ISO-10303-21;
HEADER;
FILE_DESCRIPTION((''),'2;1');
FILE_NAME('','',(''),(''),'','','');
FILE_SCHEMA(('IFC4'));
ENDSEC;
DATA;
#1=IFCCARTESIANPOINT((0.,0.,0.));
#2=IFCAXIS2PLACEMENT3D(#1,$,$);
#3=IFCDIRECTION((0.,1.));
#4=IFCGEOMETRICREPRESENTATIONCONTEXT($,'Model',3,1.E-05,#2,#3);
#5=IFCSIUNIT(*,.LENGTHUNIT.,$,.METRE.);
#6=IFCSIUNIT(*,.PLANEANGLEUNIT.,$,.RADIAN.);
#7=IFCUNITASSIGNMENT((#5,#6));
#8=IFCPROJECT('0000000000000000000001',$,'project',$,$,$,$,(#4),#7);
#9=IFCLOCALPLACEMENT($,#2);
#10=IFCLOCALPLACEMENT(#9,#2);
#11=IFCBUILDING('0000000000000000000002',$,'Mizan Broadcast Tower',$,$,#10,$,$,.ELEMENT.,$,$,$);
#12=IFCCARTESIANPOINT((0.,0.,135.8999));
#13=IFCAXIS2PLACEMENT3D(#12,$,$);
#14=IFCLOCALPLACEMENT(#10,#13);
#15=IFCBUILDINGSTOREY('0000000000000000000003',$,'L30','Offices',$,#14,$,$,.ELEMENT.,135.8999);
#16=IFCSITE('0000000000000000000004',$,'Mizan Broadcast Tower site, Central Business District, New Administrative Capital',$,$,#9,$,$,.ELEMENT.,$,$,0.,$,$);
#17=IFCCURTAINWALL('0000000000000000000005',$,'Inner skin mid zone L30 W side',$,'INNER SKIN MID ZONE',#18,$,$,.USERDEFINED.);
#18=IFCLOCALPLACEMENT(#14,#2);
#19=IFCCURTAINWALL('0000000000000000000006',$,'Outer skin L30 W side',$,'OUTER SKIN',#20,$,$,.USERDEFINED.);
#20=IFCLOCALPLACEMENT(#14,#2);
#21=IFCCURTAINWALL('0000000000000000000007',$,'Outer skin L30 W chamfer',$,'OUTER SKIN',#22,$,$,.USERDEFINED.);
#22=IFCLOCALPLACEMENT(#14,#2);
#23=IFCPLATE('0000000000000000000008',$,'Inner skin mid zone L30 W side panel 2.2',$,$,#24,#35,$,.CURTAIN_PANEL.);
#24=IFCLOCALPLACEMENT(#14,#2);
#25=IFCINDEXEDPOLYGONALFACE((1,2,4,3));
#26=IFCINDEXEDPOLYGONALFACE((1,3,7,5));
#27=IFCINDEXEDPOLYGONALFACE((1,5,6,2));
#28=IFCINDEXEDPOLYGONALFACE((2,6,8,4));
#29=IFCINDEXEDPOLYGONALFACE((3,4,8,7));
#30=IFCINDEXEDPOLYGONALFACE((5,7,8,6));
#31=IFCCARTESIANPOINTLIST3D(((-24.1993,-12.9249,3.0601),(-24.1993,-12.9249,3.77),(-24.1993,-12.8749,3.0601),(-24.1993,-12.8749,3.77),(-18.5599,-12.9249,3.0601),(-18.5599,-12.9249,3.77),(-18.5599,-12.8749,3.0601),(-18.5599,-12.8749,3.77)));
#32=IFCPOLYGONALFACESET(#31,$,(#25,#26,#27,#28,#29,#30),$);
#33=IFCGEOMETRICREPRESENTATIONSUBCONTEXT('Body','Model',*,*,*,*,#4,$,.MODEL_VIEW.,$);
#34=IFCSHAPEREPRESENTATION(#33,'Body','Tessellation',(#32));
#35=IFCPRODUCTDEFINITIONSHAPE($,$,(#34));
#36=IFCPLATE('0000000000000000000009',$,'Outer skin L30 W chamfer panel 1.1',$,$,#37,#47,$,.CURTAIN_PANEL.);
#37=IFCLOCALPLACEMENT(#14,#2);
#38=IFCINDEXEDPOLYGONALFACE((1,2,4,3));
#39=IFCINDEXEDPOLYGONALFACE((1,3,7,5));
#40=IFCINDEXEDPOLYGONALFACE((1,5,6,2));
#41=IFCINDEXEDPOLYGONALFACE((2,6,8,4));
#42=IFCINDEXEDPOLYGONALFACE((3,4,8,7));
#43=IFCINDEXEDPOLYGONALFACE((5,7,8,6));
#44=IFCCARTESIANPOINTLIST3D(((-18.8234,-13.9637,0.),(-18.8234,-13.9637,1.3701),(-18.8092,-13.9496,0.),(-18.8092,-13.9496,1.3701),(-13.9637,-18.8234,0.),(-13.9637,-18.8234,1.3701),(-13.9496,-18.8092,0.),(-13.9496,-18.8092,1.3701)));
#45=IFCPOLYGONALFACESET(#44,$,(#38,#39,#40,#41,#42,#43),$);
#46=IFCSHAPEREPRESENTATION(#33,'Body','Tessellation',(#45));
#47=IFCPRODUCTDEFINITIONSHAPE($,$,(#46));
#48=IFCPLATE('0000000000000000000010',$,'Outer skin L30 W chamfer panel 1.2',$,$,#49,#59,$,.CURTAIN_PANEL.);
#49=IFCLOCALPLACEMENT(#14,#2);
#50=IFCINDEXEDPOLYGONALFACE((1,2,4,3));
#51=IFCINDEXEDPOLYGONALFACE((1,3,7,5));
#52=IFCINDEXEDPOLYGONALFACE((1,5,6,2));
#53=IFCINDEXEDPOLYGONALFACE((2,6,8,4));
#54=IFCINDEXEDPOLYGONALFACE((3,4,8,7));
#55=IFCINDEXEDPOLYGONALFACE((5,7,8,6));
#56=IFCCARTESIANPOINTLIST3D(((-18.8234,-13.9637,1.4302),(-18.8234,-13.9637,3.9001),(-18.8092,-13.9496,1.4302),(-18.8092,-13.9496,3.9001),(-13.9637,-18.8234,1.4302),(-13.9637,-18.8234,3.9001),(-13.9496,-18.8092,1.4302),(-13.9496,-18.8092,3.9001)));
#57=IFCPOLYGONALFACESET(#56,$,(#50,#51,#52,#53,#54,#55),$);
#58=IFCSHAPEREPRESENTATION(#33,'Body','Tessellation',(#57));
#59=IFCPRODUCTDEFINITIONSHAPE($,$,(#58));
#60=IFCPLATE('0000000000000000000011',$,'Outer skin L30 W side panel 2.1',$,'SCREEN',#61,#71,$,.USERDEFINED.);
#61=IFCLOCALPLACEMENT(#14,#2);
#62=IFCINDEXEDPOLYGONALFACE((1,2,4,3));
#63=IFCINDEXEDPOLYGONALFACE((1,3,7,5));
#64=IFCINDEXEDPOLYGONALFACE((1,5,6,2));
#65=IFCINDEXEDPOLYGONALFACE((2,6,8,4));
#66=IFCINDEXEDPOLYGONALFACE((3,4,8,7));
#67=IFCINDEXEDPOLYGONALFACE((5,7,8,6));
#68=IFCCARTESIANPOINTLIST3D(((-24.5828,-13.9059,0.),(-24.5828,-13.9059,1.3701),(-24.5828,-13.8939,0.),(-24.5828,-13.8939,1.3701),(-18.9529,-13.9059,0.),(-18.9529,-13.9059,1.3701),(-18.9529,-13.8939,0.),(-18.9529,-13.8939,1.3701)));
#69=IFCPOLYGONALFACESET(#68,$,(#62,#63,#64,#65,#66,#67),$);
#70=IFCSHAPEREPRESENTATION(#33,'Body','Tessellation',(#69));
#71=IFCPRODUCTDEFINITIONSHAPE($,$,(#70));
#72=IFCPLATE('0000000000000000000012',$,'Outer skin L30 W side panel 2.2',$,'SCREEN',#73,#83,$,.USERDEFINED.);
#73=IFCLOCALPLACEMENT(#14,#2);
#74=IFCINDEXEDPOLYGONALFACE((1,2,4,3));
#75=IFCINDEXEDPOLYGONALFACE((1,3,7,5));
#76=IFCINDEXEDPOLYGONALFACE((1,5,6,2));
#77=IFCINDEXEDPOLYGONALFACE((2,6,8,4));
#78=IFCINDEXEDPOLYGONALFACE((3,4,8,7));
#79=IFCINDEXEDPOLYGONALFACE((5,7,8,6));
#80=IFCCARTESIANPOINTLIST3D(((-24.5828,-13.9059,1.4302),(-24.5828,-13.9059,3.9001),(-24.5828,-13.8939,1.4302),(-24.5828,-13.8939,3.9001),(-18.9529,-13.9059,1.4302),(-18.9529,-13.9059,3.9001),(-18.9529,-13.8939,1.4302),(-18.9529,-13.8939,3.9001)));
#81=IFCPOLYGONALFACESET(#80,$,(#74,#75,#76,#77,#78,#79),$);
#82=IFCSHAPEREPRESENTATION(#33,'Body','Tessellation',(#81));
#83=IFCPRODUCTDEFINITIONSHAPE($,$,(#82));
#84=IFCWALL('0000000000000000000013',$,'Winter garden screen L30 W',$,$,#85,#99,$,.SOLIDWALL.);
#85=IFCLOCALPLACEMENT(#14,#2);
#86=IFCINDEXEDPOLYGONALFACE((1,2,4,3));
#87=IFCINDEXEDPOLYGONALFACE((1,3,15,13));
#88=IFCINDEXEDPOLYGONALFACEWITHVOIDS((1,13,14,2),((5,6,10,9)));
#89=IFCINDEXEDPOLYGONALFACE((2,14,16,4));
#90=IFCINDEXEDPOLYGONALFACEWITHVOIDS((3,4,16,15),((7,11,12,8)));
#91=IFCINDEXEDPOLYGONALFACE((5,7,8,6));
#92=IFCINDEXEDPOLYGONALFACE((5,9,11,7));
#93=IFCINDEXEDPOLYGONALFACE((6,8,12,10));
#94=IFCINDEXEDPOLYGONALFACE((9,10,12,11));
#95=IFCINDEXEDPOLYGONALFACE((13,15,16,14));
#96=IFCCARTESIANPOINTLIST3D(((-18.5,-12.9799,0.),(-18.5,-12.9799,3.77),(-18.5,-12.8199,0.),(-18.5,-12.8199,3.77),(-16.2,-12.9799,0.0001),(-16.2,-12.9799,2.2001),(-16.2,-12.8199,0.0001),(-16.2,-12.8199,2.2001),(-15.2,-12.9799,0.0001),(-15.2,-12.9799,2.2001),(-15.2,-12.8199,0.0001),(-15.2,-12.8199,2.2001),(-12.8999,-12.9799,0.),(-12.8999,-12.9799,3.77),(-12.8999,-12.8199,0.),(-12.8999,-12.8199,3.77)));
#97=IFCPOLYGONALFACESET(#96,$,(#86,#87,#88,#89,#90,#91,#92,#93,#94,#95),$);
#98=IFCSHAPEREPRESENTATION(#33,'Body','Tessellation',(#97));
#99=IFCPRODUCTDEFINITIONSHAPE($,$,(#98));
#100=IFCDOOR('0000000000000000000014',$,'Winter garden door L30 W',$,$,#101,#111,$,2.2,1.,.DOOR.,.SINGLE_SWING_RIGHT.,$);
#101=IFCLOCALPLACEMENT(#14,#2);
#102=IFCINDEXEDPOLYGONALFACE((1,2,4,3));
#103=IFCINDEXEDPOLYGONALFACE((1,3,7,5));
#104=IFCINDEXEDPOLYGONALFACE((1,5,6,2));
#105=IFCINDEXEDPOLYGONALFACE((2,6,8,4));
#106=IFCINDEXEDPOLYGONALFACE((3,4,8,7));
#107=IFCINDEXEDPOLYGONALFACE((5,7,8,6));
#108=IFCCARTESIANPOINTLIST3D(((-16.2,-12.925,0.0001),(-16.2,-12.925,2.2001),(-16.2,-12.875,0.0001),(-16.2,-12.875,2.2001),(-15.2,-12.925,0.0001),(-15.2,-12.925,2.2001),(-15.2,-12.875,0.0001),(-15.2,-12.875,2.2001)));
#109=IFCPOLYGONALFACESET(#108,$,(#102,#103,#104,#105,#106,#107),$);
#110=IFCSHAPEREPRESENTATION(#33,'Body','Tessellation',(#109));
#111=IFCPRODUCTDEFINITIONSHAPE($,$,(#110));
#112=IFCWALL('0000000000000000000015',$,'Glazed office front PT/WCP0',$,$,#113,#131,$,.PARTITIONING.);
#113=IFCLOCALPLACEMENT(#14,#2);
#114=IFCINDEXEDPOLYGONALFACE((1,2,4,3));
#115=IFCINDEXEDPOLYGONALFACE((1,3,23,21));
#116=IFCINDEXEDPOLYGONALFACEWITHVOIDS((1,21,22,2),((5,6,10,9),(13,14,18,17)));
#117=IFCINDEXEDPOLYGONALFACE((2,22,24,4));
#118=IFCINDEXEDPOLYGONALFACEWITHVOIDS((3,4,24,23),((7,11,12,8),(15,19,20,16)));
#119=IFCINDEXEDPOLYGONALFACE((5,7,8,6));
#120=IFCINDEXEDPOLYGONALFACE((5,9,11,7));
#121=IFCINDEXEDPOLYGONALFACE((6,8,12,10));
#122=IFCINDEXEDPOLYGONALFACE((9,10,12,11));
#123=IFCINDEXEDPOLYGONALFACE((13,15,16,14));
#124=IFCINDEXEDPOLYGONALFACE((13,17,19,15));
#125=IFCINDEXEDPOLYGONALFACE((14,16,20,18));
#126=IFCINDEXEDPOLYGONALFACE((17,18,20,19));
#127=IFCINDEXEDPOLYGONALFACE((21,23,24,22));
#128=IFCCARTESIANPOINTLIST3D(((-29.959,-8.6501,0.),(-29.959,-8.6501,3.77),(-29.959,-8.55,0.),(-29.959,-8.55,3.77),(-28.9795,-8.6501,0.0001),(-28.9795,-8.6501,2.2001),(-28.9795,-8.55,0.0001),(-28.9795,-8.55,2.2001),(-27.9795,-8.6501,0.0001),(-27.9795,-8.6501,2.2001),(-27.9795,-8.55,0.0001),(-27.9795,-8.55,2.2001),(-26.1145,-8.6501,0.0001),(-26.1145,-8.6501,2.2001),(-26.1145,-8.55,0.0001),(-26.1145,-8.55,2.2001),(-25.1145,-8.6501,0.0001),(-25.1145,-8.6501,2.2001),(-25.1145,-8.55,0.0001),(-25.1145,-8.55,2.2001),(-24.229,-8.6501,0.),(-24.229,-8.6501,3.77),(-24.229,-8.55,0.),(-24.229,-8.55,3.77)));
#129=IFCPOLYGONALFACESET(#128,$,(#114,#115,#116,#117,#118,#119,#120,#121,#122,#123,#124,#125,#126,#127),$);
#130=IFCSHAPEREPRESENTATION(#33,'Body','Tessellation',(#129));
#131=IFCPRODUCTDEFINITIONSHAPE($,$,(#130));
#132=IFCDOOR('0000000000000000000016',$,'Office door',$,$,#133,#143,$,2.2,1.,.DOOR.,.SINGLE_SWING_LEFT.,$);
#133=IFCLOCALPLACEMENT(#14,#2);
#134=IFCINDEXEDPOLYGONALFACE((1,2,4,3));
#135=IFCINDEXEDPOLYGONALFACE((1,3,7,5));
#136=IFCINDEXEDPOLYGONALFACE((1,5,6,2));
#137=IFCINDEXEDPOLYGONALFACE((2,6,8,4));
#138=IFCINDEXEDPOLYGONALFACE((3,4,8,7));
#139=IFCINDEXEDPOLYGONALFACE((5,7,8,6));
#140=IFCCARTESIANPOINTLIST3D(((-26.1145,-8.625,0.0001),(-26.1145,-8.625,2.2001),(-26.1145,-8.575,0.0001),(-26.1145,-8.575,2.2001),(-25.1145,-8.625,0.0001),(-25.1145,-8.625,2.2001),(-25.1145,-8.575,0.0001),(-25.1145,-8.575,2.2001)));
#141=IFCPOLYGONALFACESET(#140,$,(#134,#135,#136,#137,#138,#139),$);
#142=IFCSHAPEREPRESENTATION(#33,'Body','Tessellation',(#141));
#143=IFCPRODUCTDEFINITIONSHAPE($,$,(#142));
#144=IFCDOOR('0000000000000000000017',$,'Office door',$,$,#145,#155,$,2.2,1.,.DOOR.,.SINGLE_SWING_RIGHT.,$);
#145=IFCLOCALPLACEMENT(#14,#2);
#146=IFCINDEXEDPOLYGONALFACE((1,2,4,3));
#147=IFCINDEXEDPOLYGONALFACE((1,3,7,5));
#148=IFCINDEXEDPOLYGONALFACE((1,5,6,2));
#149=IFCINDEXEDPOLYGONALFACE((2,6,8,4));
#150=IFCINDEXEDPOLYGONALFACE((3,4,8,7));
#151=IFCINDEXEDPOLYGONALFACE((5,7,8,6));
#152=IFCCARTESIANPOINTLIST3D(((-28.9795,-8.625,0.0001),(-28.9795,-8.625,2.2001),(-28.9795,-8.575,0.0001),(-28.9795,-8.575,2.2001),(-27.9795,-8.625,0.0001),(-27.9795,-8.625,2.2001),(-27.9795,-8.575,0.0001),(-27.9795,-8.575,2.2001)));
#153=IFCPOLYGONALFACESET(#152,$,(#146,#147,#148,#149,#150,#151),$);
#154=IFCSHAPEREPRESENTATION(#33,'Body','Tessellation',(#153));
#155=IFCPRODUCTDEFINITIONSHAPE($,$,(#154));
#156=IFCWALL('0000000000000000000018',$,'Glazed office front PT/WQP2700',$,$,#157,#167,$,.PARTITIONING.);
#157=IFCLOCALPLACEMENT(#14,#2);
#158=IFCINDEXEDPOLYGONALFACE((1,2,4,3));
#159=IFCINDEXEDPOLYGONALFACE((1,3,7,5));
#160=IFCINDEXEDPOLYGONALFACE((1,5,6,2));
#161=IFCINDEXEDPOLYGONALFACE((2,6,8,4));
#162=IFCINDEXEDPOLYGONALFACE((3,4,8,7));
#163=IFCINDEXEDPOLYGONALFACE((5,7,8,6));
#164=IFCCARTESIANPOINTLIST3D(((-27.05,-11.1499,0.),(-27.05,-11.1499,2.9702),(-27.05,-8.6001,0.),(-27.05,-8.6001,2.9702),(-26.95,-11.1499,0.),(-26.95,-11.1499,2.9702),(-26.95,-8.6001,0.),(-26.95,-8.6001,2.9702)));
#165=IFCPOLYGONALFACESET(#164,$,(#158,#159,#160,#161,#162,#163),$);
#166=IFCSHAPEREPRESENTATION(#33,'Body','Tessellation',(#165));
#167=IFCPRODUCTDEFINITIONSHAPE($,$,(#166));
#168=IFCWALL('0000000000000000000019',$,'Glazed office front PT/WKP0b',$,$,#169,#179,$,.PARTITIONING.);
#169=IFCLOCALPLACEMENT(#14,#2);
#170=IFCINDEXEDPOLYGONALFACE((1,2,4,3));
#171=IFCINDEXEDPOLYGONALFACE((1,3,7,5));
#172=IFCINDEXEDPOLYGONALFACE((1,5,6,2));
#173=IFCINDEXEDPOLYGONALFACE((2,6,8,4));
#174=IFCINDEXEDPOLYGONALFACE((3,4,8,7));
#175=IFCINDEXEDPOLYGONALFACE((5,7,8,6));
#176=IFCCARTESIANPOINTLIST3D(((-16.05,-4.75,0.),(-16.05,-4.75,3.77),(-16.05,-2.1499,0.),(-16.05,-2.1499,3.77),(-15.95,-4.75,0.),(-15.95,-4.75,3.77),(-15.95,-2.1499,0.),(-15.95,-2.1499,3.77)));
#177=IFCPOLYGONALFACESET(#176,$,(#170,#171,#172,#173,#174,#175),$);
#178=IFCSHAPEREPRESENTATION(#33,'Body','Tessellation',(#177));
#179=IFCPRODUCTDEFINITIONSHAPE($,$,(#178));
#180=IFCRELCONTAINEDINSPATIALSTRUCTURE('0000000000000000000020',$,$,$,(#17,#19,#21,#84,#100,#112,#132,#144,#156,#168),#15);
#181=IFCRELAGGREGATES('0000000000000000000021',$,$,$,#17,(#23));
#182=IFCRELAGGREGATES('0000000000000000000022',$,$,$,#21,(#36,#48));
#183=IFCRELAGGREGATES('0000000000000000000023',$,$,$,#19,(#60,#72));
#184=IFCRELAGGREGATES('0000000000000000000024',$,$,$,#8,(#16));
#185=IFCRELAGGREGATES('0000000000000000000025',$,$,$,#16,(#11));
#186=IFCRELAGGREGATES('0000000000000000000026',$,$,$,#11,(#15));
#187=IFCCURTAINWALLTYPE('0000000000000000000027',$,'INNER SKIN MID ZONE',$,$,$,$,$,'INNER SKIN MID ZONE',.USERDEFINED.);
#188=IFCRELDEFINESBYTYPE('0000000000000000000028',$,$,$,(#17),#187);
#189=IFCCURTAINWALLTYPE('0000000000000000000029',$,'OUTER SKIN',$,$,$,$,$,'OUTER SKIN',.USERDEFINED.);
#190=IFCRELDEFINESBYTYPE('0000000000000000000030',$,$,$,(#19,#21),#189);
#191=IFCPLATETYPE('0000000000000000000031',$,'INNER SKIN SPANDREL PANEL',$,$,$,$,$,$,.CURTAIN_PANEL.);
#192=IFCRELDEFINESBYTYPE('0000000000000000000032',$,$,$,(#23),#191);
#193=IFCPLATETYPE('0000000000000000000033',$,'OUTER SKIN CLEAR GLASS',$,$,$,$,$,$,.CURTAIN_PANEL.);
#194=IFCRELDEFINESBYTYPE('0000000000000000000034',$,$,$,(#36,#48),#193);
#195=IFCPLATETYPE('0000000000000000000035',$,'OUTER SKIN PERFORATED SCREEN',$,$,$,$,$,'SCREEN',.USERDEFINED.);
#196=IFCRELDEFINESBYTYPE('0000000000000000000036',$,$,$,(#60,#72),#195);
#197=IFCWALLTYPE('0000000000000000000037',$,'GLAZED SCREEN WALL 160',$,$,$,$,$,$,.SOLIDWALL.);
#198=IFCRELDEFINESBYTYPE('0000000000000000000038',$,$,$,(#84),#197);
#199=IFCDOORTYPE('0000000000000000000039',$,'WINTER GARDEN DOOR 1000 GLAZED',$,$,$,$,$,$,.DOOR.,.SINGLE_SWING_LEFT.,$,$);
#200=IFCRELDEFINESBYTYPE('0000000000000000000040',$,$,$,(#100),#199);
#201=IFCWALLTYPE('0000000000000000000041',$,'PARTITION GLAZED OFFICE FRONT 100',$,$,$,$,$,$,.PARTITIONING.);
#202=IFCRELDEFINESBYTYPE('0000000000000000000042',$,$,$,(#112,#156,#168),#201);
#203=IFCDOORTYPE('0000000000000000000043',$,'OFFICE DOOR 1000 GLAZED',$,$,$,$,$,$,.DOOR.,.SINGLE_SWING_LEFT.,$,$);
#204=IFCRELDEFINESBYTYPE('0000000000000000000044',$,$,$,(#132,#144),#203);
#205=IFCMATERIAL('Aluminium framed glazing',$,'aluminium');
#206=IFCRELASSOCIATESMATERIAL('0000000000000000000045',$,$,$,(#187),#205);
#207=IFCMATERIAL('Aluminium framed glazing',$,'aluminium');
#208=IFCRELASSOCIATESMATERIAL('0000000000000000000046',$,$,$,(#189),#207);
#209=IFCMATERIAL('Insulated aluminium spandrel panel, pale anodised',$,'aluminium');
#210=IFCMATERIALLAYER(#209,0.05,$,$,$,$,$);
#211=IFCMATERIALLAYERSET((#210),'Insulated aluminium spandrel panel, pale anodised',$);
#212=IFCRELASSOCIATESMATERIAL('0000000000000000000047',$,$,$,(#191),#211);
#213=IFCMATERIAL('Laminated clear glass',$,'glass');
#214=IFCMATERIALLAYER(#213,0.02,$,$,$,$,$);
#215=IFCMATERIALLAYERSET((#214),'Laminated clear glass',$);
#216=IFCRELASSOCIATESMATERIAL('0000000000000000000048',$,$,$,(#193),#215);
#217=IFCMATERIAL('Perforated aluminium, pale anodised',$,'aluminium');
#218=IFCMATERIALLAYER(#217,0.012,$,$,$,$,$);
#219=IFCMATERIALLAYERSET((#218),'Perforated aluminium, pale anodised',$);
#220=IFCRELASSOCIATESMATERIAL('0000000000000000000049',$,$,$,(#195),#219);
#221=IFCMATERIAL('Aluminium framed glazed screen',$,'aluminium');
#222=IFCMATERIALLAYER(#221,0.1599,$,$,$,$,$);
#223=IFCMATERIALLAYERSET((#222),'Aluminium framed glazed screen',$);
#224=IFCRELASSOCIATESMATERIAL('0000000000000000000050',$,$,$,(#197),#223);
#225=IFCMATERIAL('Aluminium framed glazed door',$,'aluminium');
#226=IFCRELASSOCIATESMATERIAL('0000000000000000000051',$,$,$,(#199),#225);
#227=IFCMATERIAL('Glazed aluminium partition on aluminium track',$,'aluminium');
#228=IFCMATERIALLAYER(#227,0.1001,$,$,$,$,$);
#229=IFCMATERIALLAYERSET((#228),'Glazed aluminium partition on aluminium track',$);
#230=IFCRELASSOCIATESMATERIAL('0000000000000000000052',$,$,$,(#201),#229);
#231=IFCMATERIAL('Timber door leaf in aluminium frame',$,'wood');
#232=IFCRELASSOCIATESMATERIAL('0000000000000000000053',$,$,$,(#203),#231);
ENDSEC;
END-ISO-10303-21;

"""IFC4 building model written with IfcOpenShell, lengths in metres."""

from ifc_helpers import new_model, si_unit, direction, frame, frame_2d, origin, origin_2d, place, context, subcontext, project, spatial, rectangle, extrude, material, layer, layer_set, type_object, element, fill, aggregate, save


model = new_model("IFC4")

# Units and contexts
model_context = context("Model", 3, precision=1e-05, world=origin(), true_north=direction((0.0, 1.0)))
body_context = subcontext(model_context, "Body", "Model", "MODEL_VIEW")
ifc_project = project(units=[si_unit("LENGTHUNIT", "METRE"), si_unit("PLANEANGLEUNIT", "RADIAN")], contexts=[model_context])

# Site, building, storey
site_placement = place(None, origin())
site = spatial("IfcSite", under=ifc_project, at=site_placement, Name="Mizan Broadcast Tower site, Central Business District, New Administrative Capital", CompositionType="ELEMENT", RefElevation=0.0)
building_placement = place(site_placement, origin())
building = spatial("IfcBuilding", under=site, at=building_placement, Name="Mizan Broadcast Tower", CompositionType="ELEMENT")
storey_placement = place(building_placement, frame((0.0, 0.0, 135.8999)))
storey = spatial("IfcBuildingStorey", under=building, at=storey_placement, Name="L30", Description="Offices", CompositionType="ELEMENT", Elevation=135.8999)

# Curtain walls
ifc_material_1 = material(Name="Aluminium framed glazing", Category="aluminium")
curtain_wall_type_1 = type_object("IfcCurtainWallType", Name="INNER SKIN MID ZONE", ElementType="INNER SKIN MID ZONE", PredefinedType="USERDEFINED", material=ifc_material_1)
curtain_wall_1_placement = place(storey_placement, origin())
curtain_wall_1 = element("IfcCurtainWall", 1, at=curtain_wall_1_placement, inside=storey, type_object=curtain_wall_type_1, Name="Inner skin mid zone L30 W side", ObjectType="INNER SKIN MID ZONE", PredefinedType="USERDEFINED")
ifc_material_2 = material(Name="Aluminium framed glazing", Category="aluminium")
curtain_wall_type_2 = type_object("IfcCurtainWallType", Name="OUTER SKIN", ElementType="OUTER SKIN", PredefinedType="USERDEFINED", material=ifc_material_2)
curtain_wall_2_placement = place(storey_placement, origin())
curtain_wall_2 = element("IfcCurtainWall", 2, at=curtain_wall_2_placement, inside=storey, type_object=curtain_wall_type_2, Name="Outer skin L30 W side", ObjectType="OUTER SKIN", PredefinedType="USERDEFINED")

# Curtain wall
curtain_wall_3_placement = place(storey_placement, origin())
curtain_wall_3 = element("IfcCurtainWall", 3, at=curtain_wall_3_placement, inside=storey, type_object=curtain_wall_type_2, Name="Outer skin L30 W chamfer", ObjectType="OUTER SKIN", PredefinedType="USERDEFINED")

# Plates
ifc_material_3 = material(Name="Insulated aluminium spandrel panel, pale anodised", Category="aluminium")
ifc_layer_1 = layer(ifc_material_3, 0.05)
ifc_layer_set_1 = layer_set([ifc_layer_1], Name="Insulated aluminium spandrel panel, pale anodised")
plate_type_1 = type_object("IfcPlateType", Name="INNER SKIN SPANDREL PANEL", PredefinedType="CURTAIN_PANEL", material=ifc_layer_set_1)
plate_1_placement = place(storey_placement, frame((-21.3796, -12.8999, 3.0601), z_axis=(0.0, 0.0, 1.0), x_axis=(1.0, 0.0, 0.0)))
plate_1 = element("IfcPlate", 4, at=plate_1_placement, type_object=plate_type_1, Name="Inner skin mid zone L30 W side panel 2.2", PredefinedType="CURTAIN_PANEL", context=body_context, shape_type="SweptSolid", body=[
    extrude(rectangle(XDim=5.6394, YDim=0.05, at=origin_2d()), origin(), (0.0, 0.0, 1.0), 0.71),
])
aggregate(curtain_wall_1, [plate_1])
ifc_material_4 = material(Name="Laminated clear glass", Category="glass")
ifc_layer_2 = layer(ifc_material_4, 0.02)
ifc_layer_set_2 = layer_set([ifc_layer_2], Name="Laminated clear glass")
plate_type_2 = type_object("IfcPlateType", Name="OUTER SKIN CLEAR GLASS", PredefinedType="CURTAIN_PANEL", material=ifc_layer_set_2)
plate_2_placement = place(storey_placement, frame((-16.3865, -16.3865, 0.0), z_axis=(0.0, 0.0, 1.0), x_axis=(0.707107, -0.707107, 0.0)))
plate_2 = element("IfcPlate", 5, at=plate_2_placement, type_object=plate_type_2, Name="Outer skin L30 W chamfer panel 1.1", PredefinedType="CURTAIN_PANEL", context=body_context, shape_type="SweptSolid", body=[
    extrude(rectangle(XDim=6.8726, YDim=0.02, at=origin_2d()), origin(), (0.0, 0.0, 1.0), 1.3701),
])
plate_3_placement = place(storey_placement, frame((-16.3865, -16.3865, 1.4302), z_axis=(0.0, 0.0, 1.0), x_axis=(0.707107, -0.707107, 0.0)))
plate_3 = element("IfcPlate", 6, at=plate_3_placement, type_object=plate_type_2, Name="Outer skin L30 W chamfer panel 1.2", PredefinedType="CURTAIN_PANEL", context=body_context, shape_type="SweptSolid", body=[
    extrude(rectangle(XDim=6.8726, YDim=0.02, at=origin_2d()), origin(), (0.0, 0.0, 1.0), 2.47),
])
aggregate(curtain_wall_3, [plate_2, plate_3])
ifc_material_5 = material(Name="Perforated aluminium, pale anodised", Category="aluminium")
ifc_layer_3 = layer(ifc_material_5, 0.012)
ifc_layer_set_3 = layer_set([ifc_layer_3], Name="Perforated aluminium, pale anodised")
plate_type_3 = type_object("IfcPlateType", Name="OUTER SKIN PERFORATED SCREEN", ElementType="SCREEN", PredefinedType="USERDEFINED", material=ifc_layer_set_3)
plate_4_placement = place(storey_placement, frame((-21.7678, -13.8999, 0.0), z_axis=(0.0, 0.0, 1.0), x_axis=(1.0, 0.0, 0.0)))
plate_4 = element("IfcPlate", 7, at=plate_4_placement, type_object=plate_type_3, Name="Outer skin L30 W side panel 2.1", ObjectType="SCREEN", PredefinedType="USERDEFINED", context=body_context, shape_type="SweptSolid", body=[
    extrude(rectangle(XDim=5.6299, YDim=0.012, at=origin_2d()), origin(), (0.0, 0.0, 1.0), 1.3701),
])
plate_5_placement = place(storey_placement, frame((-21.7678, -13.8999, 1.4302), z_axis=(0.0, 0.0, 1.0), x_axis=(1.0, 0.0, 0.0)))
plate_5 = element("IfcPlate", 8, at=plate_5_placement, type_object=plate_type_3, Name="Outer skin L30 W side panel 2.2", ObjectType="SCREEN", PredefinedType="USERDEFINED", context=body_context, shape_type="SweptSolid", body=[
    extrude(rectangle(XDim=5.6299, YDim=0.012, at=origin_2d()), origin(), (0.0, 0.0, 1.0), 2.47),
])
aggregate(curtain_wall_2, [plate_4, plate_5])

# Wall, opening, door
ifc_material_6 = material(Name="Aluminium framed glazed screen", Category="aluminium")
ifc_layer_4 = layer(ifc_material_6, 0.1599)
ifc_layer_set_4 = layer_set([ifc_layer_4], Name="Aluminium framed glazed screen")
wall_type_1 = type_object("IfcWallType", Name="GLAZED SCREEN WALL 160", PredefinedType="SOLIDWALL", material=ifc_layer_set_4)
wall_1_placement = place(storey_placement, frame((-18.5, -12.8999, 0.0), z_axis=(0.0, 0.0, 1.0), x_axis=(1.0, 0.0, 0.0)))
wall_1 = element("IfcWall", 9, at=wall_1_placement, inside=storey, type_object=wall_type_1, Name="Winter garden screen L30 W", PredefinedType="SOLIDWALL", context=body_context, shape_type="SweptSolid", body=[
    extrude(rectangle(XDim=5.6001, YDim=0.1599, at=frame_2d((2.8, 0.0))), origin(), (0.0, 0.0, 1.0), 3.77),
])
opening_1_placement = place(wall_1_placement, frame((2.3, 0.0, 0.0)))
opening_1 = element("IfcOpeningElement", 10, at=opening_1_placement, cuts=wall_1, PredefinedType="OPENING", context=body_context, shape_type="SweptSolid", body=[
    extrude(rectangle(XDim=1.0, YDim=2.2, at=frame_2d((0.5, 1.1001))), frame((0.0, 0.0898, 0.0), z_axis=(0.0, -1.0, 0.0), x_axis=(1.0, 0.0, 0.0)), (0.0, 0.0, 1.0), 0.1799),
])
ifc_material_7 = material(Name="Aluminium framed glazed door", Category="aluminium")
door_type_1 = type_object("IfcDoorType", Name="WINTER GARDEN DOOR 1000 GLAZED", OperationType="SINGLE_SWING_LEFT", PredefinedType="DOOR", material=ifc_material_7)
door_1_placement = place(opening_1_placement, origin())
door_1 = element("IfcDoor", 11, at=door_1_placement, inside=storey, type_object=door_type_1, Name="Winter garden door L30 W", OperationType="SINGLE_SWING_RIGHT", OverallHeight=2.2, OverallWidth=1.0, PredefinedType="DOOR", context=body_context, shape_type="SweptSolid", body=[
    extrude(rectangle(XDim=1.0, YDim=2.2, at=frame_2d((0.5, 1.1001))), frame((0.0, 0.0249, 0.0), z_axis=(0.0, -1.0, 0.0), x_axis=(1.0, 0.0, 0.0)), (0.0, 0.0, 1.0), 0.05),
])
fill(opening_1, door_1)

# Wall, openings, doors
ifc_material_8 = material(Name="Glazed aluminium partition on aluminium track", Category="aluminium")
ifc_layer_5 = layer(ifc_material_8, 0.1001)
ifc_layer_set_5 = layer_set([ifc_layer_5], Name="Glazed aluminium partition on aluminium track")
wall_type_2 = type_object("IfcWallType", Name="PARTITION GLAZED OFFICE FRONT 100", PredefinedType="PARTITIONING", material=ifc_layer_set_5)
wall_2_placement = place(storey_placement, frame((-24.229, -8.6001, 0.0), z_axis=(0.0, 0.0, 1.0), x_axis=(-1.0, 0.0, 0.0)))
wall_2 = element("IfcWall", 12, at=wall_2_placement, inside=storey, type_object=wall_type_2, Name="Glazed office front PT/WCP0", PredefinedType="PARTITIONING", context=body_context, shape_type="SweptSolid", body=[
    extrude(rectangle(XDim=5.73, YDim=0.1001, at=frame_2d((2.865, 0.0))), origin(), (0.0, 0.0, 1.0), 3.77),
])
opening_2_placement = place(wall_2_placement, frame((0.8855, 0.0, 0.0)))
opening_2 = element("IfcOpeningElement", 13, at=opening_2_placement, cuts=wall_2, PredefinedType="OPENING", context=body_context, shape_type="SweptSolid", body=[
    extrude(rectangle(XDim=1.0, YDim=2.2, at=frame_2d((0.5, 1.1001))), frame((0.0, 0.0601, 0.0), z_axis=(0.0, -1.0, 0.0), x_axis=(1.0, 0.0, 0.0)), (0.0, 0.0, 1.0), 0.1201),
])
opening_3_placement = place(wall_2_placement, frame((3.7505, 0.0, 0.0)))
opening_3 = element("IfcOpeningElement", 14, at=opening_3_placement, cuts=wall_2, PredefinedType="OPENING", context=body_context, shape_type="SweptSolid", body=[
    extrude(rectangle(XDim=1.0, YDim=2.2, at=frame_2d((0.5, 1.1001))), frame((0.0, 0.0601, 0.0), z_axis=(0.0, -1.0, 0.0), x_axis=(1.0, 0.0, 0.0)), (0.0, 0.0, 1.0), 0.1201),
])
ifc_material_9 = material(Name="Timber door leaf in aluminium frame", Category="wood")
door_type_2 = type_object("IfcDoorType", Name="OFFICE DOOR 1000 GLAZED", OperationType="SINGLE_SWING_LEFT", PredefinedType="DOOR", material=ifc_material_9)
door_2_placement = place(opening_2_placement, origin())
door_2 = element("IfcDoor", 15, at=door_2_placement, inside=storey, type_object=door_type_2, Name="Office door", OperationType="SINGLE_SWING_LEFT", OverallHeight=2.2, OverallWidth=1.0, PredefinedType="DOOR", context=body_context, shape_type="SweptSolid", body=[
    extrude(rectangle(XDim=1.0, YDim=2.2, at=frame_2d((0.5, 1.1001))), frame((0.0, 0.0249, 0.0), z_axis=(0.0, -1.0, 0.0), x_axis=(1.0, 0.0, 0.0)), (0.0, 0.0, 1.0), 0.05),
])
fill(opening_2, door_2)
door_3_placement = place(opening_3_placement, origin())
door_3 = element("IfcDoor", 16, at=door_3_placement, inside=storey, type_object=door_type_2, Name="Office door", OperationType="SINGLE_SWING_RIGHT", OverallHeight=2.2, OverallWidth=1.0, PredefinedType="DOOR", context=body_context, shape_type="SweptSolid", body=[
    extrude(rectangle(XDim=1.0, YDim=2.2, at=frame_2d((0.5, 1.1001))), frame((0.0, 0.0249, 0.0), z_axis=(0.0, -1.0, 0.0), x_axis=(1.0, 0.0, 0.0)), (0.0, 0.0, 1.0), 0.05),
])
fill(opening_3, door_3)

# Walls
wall_3_placement = place(storey_placement, frame((-27.0, -8.6001, 0.0), z_axis=(0.0, 0.0, 1.0), x_axis=(0.0, -1.0, 0.0)))
element("IfcWall", 17, at=wall_3_placement, inside=storey, type_object=wall_type_2, Name="Glazed office front PT/WQP2700", PredefinedType="PARTITIONING", context=body_context, shape_type="SweptSolid", body=[
    extrude(rectangle(XDim=2.5498, YDim=0.1001, at=frame_2d((1.2749, 0.0))), origin(), (0.0, 0.0, 1.0), 2.9702),
])
for number, where, z_axis, x_axis, name in (
    (18, (-16.0, -2.1499, 0.0), (0.0, 0.0, 1.0), (0.0, -1.0, 0.0), "Glazed office front PT/WKP0b"),
):
    element("IfcWall", number, at=place(storey_placement, frame(where, z_axis=z_axis, x_axis=x_axis)), inside=storey, type_object=wall_type_2, Name=name, PredefinedType="PARTITIONING", context=body_context, shape_type="SweptSolid", body=[
        extrude(rectangle(XDim=2.6001, YDim=0.1001, at=frame_2d((1.3, 0.0))), origin(), (0.0, 0.0, 1.0), 3.77),
    ])

save(model, "model.ifc")
